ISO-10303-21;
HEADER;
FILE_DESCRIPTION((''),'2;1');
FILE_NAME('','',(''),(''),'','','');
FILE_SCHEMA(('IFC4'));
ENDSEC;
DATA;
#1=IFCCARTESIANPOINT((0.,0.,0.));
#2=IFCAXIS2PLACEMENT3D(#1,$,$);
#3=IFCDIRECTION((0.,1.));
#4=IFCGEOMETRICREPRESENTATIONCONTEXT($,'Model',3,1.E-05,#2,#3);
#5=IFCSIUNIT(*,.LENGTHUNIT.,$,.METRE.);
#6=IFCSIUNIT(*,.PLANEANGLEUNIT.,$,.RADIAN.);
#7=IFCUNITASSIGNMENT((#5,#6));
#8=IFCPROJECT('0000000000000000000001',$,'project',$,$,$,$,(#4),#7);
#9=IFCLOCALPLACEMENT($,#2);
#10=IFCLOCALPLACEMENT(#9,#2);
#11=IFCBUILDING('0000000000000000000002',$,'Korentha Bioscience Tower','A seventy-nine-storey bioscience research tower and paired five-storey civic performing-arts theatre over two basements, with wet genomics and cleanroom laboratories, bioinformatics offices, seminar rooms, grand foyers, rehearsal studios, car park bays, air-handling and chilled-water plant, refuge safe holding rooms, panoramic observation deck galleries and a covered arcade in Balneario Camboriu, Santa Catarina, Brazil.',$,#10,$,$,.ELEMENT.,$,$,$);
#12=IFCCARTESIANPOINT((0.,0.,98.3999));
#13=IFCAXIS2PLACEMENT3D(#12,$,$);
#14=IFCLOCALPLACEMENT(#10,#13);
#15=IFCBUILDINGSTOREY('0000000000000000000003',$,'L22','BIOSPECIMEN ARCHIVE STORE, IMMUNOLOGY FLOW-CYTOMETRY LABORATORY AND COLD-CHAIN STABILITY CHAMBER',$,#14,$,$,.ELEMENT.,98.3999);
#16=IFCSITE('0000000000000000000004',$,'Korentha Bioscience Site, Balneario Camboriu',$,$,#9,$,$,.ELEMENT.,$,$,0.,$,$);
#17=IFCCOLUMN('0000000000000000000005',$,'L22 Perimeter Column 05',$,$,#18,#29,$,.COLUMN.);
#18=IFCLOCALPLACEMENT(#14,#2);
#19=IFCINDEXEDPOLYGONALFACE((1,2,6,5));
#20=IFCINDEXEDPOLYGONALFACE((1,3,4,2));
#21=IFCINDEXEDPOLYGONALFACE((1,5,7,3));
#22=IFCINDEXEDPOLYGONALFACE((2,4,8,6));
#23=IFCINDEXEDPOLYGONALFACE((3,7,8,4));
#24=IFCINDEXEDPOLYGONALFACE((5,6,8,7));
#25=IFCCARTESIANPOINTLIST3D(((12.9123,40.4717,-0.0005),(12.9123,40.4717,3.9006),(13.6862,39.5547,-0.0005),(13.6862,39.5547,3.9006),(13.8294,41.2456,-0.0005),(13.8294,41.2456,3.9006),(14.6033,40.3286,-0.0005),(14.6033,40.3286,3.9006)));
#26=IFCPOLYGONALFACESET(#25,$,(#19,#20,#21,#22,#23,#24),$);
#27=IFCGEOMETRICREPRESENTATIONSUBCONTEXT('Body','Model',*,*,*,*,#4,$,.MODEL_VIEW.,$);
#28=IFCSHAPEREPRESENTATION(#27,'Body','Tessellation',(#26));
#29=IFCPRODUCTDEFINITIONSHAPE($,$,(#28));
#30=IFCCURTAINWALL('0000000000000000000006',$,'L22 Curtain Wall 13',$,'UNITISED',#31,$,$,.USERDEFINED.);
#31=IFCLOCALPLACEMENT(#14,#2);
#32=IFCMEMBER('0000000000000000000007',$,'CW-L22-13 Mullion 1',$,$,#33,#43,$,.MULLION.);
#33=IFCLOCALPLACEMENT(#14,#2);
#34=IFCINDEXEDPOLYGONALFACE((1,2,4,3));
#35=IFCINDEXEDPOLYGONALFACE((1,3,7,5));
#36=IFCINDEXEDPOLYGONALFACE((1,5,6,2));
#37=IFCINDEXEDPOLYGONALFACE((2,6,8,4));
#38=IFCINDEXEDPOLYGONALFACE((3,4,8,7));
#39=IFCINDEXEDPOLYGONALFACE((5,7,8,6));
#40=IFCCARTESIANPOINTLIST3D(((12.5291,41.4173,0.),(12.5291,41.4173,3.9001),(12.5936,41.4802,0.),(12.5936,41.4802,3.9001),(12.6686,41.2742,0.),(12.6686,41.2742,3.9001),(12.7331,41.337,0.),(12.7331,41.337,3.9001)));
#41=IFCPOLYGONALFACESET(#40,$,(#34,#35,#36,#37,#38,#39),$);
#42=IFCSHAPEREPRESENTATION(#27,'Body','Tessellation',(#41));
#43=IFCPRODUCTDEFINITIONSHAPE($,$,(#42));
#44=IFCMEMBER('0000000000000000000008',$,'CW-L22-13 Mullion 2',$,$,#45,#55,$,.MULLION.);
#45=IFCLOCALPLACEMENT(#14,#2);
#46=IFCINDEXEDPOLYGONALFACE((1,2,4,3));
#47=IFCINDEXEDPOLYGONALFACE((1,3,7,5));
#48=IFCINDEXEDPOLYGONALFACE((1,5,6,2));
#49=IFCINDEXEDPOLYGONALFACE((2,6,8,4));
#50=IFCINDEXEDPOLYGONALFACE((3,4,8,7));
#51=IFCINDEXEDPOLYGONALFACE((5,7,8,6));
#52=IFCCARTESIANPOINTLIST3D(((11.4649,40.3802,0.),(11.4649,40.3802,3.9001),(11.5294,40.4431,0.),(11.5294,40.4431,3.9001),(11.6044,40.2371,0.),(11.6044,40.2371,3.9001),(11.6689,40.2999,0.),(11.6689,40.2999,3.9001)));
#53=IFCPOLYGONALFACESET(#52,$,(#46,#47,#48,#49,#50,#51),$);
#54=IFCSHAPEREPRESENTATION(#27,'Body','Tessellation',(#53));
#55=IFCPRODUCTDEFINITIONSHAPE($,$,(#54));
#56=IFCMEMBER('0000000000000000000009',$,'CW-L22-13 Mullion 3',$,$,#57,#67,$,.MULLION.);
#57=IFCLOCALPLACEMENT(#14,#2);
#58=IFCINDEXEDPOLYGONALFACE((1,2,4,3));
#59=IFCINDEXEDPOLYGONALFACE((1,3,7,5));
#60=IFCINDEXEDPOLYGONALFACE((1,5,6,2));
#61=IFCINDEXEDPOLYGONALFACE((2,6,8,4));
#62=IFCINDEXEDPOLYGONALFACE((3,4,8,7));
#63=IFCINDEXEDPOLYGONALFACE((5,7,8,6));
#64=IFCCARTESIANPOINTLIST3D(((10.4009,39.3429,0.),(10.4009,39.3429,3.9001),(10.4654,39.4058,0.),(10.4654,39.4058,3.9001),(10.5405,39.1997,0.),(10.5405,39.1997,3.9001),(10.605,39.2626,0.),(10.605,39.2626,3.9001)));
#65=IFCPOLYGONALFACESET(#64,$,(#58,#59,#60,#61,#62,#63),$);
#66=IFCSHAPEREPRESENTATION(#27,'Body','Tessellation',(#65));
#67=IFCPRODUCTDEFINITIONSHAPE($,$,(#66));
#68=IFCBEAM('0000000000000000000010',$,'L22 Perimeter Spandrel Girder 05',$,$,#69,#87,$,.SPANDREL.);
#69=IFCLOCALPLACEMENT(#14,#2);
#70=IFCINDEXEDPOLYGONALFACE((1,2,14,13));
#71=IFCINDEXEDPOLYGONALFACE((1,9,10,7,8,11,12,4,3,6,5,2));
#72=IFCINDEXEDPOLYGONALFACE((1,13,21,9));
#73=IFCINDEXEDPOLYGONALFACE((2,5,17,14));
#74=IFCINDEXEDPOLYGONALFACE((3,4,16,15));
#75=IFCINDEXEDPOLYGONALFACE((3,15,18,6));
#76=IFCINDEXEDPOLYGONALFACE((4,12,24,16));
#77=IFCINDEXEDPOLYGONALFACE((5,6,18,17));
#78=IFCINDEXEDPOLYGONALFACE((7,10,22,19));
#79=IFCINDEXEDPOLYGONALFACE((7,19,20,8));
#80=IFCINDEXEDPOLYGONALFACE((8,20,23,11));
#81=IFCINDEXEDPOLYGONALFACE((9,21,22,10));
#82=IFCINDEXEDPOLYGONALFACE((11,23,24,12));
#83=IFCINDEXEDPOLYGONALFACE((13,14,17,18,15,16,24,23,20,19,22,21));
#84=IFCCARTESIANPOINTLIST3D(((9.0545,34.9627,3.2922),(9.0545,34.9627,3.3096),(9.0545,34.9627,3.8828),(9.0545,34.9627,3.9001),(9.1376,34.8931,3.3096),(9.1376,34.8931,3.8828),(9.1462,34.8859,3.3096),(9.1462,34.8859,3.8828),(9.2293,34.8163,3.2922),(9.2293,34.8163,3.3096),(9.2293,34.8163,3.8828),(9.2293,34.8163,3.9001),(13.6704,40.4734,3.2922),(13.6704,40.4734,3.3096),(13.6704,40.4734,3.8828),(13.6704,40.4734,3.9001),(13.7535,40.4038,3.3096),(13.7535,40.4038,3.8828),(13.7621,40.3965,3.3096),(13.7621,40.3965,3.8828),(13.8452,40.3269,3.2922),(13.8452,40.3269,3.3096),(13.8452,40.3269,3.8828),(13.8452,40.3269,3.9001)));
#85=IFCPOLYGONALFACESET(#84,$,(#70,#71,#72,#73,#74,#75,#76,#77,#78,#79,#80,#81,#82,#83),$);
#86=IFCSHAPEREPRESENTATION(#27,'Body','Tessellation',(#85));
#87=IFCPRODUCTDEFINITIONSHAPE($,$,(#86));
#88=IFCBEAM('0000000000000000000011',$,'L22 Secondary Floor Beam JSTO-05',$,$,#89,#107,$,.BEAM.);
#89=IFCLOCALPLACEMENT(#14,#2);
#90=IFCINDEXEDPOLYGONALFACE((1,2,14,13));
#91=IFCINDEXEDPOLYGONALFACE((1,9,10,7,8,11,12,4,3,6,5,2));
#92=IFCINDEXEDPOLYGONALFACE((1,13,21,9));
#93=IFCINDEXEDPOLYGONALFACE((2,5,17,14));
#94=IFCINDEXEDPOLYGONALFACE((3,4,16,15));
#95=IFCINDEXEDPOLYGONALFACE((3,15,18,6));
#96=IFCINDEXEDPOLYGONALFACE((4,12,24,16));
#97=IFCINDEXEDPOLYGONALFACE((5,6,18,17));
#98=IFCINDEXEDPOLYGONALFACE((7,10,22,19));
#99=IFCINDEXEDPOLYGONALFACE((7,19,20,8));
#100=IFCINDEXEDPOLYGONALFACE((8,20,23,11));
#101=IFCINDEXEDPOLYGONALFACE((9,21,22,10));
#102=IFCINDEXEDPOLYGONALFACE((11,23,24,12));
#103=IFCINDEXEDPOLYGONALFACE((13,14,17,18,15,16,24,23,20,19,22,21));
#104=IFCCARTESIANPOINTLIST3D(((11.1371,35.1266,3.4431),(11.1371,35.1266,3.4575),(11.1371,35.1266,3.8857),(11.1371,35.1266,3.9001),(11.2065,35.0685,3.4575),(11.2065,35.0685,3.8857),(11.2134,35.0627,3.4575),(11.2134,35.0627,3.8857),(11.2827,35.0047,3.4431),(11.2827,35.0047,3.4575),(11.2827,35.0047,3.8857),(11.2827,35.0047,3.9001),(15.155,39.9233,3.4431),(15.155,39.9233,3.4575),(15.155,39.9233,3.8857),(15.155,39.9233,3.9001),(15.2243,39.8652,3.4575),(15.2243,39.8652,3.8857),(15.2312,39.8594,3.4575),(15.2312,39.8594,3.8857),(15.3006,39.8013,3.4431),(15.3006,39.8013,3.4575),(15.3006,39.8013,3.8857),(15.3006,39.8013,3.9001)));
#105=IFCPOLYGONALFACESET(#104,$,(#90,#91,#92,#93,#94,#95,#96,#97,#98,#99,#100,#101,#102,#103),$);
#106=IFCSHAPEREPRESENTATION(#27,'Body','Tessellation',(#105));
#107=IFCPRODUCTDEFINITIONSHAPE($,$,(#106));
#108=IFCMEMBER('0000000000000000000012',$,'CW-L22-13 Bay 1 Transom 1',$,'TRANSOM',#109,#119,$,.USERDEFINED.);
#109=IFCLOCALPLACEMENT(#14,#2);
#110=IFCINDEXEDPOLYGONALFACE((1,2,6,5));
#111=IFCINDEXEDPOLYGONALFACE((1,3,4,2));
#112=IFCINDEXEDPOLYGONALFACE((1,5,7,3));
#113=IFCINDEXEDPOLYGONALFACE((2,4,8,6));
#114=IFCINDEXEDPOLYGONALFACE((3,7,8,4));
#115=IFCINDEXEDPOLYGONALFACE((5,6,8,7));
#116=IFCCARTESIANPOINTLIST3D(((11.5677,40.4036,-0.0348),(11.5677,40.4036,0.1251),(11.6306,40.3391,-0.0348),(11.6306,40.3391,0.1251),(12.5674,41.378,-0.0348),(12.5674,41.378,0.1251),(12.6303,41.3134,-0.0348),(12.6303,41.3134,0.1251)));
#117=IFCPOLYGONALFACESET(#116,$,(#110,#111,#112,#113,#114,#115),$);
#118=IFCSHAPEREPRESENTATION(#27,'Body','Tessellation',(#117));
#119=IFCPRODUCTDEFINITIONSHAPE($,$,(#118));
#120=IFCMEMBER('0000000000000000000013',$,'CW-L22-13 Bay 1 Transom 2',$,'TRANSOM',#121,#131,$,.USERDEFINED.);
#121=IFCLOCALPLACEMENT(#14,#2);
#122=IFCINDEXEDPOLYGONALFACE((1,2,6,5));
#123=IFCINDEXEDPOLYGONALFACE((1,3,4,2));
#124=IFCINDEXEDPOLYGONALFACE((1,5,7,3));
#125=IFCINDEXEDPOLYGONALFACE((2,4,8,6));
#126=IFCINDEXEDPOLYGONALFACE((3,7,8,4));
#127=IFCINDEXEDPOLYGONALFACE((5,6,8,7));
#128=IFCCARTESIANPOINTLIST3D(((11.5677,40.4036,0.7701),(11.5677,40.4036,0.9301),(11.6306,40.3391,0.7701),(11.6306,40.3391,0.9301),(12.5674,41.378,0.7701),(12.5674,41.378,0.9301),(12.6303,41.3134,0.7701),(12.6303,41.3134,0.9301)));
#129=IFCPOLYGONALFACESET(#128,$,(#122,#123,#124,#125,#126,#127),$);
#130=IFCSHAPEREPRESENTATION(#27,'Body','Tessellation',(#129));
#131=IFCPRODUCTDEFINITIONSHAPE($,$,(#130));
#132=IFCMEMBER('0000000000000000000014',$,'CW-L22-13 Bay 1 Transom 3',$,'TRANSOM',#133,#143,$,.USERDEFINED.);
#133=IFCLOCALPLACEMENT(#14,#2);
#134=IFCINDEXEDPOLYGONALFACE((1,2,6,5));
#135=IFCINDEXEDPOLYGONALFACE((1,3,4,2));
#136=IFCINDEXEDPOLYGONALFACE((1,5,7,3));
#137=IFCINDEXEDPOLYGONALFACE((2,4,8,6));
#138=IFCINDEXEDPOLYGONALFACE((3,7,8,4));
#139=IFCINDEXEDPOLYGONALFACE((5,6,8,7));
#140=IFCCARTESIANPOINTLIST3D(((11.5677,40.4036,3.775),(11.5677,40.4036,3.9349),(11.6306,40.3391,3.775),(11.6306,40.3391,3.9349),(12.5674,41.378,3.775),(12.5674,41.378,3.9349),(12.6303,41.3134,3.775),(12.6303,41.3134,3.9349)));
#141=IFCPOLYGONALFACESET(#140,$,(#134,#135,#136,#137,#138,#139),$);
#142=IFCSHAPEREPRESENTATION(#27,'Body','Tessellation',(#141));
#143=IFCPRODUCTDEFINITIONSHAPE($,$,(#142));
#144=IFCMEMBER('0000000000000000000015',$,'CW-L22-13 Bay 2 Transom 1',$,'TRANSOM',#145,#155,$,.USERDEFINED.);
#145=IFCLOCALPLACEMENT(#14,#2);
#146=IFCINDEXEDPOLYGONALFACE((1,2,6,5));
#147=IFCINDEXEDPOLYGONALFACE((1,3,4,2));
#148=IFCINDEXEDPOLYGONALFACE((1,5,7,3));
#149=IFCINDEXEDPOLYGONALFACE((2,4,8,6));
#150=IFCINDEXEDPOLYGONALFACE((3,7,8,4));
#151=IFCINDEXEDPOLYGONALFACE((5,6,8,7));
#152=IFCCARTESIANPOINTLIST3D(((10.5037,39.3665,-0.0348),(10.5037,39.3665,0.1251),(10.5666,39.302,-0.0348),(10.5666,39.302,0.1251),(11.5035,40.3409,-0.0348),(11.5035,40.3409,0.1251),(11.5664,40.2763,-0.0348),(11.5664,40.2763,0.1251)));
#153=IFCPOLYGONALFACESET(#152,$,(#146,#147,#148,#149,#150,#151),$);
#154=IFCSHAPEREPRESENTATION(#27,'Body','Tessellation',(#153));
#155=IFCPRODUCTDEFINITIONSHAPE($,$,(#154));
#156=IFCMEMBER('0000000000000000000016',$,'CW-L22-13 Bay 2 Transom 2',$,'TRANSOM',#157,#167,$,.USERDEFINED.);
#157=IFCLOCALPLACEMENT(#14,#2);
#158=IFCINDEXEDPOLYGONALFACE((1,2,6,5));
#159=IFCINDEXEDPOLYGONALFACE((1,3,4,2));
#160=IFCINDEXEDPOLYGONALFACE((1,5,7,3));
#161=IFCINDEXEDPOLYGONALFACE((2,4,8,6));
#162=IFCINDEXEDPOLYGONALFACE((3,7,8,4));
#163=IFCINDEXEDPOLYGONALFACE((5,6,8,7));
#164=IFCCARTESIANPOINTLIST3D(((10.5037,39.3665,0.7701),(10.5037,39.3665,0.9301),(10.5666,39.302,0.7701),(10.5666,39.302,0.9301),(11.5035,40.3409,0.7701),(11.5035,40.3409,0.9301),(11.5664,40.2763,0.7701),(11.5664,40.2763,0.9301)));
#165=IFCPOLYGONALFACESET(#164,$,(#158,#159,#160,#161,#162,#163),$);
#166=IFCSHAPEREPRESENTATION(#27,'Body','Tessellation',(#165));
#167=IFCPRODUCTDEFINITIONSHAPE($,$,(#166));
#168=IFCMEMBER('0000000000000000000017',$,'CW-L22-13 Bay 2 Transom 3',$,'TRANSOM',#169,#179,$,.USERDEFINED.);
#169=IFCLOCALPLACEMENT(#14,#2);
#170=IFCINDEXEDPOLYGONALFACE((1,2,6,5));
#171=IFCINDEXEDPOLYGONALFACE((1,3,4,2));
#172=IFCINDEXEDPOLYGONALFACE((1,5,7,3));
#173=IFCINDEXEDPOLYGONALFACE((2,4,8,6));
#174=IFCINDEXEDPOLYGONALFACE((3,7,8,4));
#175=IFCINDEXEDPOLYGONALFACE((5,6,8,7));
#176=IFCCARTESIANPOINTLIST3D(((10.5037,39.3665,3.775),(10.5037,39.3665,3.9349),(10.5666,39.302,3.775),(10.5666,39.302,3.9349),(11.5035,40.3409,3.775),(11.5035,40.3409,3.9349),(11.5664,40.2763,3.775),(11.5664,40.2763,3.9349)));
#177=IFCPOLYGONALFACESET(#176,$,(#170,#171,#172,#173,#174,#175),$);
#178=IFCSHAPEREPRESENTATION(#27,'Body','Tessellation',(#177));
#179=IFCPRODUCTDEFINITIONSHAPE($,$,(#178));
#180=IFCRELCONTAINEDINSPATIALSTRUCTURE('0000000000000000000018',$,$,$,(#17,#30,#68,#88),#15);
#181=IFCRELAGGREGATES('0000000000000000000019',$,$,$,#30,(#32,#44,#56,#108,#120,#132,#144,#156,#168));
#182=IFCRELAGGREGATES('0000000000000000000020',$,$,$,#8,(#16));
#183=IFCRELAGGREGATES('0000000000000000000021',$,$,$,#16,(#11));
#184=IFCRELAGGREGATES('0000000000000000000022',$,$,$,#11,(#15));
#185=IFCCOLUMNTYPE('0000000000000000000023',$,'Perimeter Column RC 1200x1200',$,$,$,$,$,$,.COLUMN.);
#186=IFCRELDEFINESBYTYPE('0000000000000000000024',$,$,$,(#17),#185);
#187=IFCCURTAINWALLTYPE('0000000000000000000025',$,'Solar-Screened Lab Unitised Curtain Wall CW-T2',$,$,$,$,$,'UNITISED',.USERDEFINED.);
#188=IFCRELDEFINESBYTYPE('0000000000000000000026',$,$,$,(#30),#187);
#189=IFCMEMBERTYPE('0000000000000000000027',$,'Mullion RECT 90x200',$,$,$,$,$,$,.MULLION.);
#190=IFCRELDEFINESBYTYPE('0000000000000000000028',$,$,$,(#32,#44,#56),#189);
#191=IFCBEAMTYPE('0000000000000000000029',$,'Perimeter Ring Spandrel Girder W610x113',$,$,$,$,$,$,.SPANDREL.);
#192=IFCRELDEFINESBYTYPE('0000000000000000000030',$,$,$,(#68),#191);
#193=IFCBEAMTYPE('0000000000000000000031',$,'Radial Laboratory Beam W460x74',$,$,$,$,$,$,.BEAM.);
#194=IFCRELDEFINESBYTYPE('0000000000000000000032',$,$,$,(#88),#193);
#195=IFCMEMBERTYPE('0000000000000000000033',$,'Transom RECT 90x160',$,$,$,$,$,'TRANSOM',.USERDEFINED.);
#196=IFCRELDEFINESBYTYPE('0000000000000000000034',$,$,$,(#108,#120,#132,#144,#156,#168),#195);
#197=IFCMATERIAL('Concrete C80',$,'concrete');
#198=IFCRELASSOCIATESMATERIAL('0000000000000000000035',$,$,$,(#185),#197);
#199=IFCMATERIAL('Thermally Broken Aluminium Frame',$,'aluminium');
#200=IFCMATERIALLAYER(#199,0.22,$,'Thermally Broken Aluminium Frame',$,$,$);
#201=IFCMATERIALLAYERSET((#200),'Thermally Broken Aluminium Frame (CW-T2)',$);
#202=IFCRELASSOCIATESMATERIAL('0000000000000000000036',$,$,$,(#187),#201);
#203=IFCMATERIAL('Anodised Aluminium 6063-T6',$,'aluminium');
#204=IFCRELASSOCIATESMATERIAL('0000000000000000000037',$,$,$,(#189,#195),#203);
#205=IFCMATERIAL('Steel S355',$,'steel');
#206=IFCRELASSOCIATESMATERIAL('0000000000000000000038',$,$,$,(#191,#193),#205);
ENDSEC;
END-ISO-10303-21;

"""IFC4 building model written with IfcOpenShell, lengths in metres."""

from ifc_helpers import new_model, si_unit, direction, frame, origin, origin_2d, place, context, subcontext, project, spatial, rectangle, i_section, extrude, material, layer, layer_set, material_profile, profile_set, type_object, element, aggregate, save


model = new_model("IFC4")

# Units and contexts
model_context = context("Model", 3, precision=1e-05, world=origin(), true_north=direction((0.0, 1.0)))
body_context = subcontext(model_context, "Body", "Model", "MODEL_VIEW")
ifc_project = project(units=[si_unit("LENGTHUNIT", "METRE"), si_unit("PLANEANGLEUNIT", "RADIAN")], contexts=[model_context])

# Site, building, storey
site_placement = place(None, origin())
site = spatial("IfcSite", under=ifc_project, at=site_placement, Name="Korentha Bioscience Site, Balneario Camboriu", CompositionType="ELEMENT", RefElevation=0.0)
building_placement = place(site_placement, origin())
building = spatial("IfcBuilding", under=site, at=building_placement, Name="Korentha Bioscience Tower", Description="A seventy-nine-storey bioscience research tower and paired five-storey civic performing-arts theatre over two basements, with wet genomics and cleanroom laboratories, bioinformatics offices, seminar rooms, grand foyers, rehearsal studios, car park bays, air-handling and chilled-water plant, refuge safe holding rooms, panoramic observation deck galleries and a covered arcade in Balneario Camboriu, Santa Catarina, Brazil.", CompositionType="ELEMENT")
storey_placement = place(building_placement, frame((0.0, 0.0, 98.3999)))
storey = spatial("IfcBuildingStorey", under=building, at=storey_placement, Name="L22", Description="BIOSPECIMEN ARCHIVE STORE, IMMUNOLOGY FLOW-CYTOMETRY LABORATORY AND COLD-CHAIN STABILITY CHAMBER", CompositionType="ELEMENT", Elevation=98.3999)

# Column
ifc_material_1 = material(Name="Concrete C80", Category="concrete")
ifc_material_profile_1 = material_profile(ifc_material_1, rectangle(XDim=1.2, YDim=1.2, at=origin_2d()), Name="Concrete C80")
ifc_profile_set_1 = profile_set([ifc_material_profile_1], Name="Concrete C80 (COL-P12)")
column_type = type_object("IfcColumnType", Name="Perimeter Column RC 1200x1200", PredefinedType="COLUMN", material=ifc_profile_set_1)
column_placement = place(storey_placement, frame((13.7578, 40.4001, -0.0005), z_axis=(0.0, 0.0, 1.0), x_axis=(0.764246, 0.644924, 0.0)))
element("IfcColumn", 1, at=column_placement, inside=storey, type_object=column_type, Name="L22 Perimeter Column 05", PredefinedType="COLUMN", context=body_context, shape_type="SweptSolid", body=[
    extrude(rectangle(XDim=1.2, YDim=1.2, at=origin_2d()), origin(), (0.0, 0.0, 1.0), 3.9011),
])

# Curtain wall, members
ifc_material_2 = material(Name="Thermally Broken Aluminium Frame", Category="aluminium")
ifc_layer_1 = layer(ifc_material_2, 0.22, Name="Thermally Broken Aluminium Frame")
ifc_layer_set_1 = layer_set([ifc_layer_1], Name="Thermally Broken Aluminium Frame (CW-T2)")
curtain_wall_type = type_object("IfcCurtainWallType", Name="Solar-Screened Lab Unitised Curtain Wall CW-T2", ElementType="UNITISED", PredefinedType="USERDEFINED", material=ifc_layer_set_1)
curtain_wall_placement = place(storey_placement, origin())
curtain_wall = element("IfcCurtainWall", 2, at=curtain_wall_placement, inside=storey, type_object=curtain_wall_type, Name="L22 Curtain Wall 13", ObjectType="UNITISED", PredefinedType="USERDEFINED")
ifc_material_3 = material(Name="Anodised Aluminium 6063-T6", Category="aluminium")
ifc_material_profile_2 = material_profile(ifc_material_3, rectangle(XDim=0.0901, YDim=0.2, at=origin_2d()), Name="Anodised Aluminium 6063-T6")
ifc_profile_set_2 = profile_set([ifc_material_profile_2], Name="Anodised Aluminium 6063-T6 (CW-MUL)")
member_type_1 = type_object("IfcMemberType", Name="Mullion RECT 90x200", PredefinedType="MULLION", material=ifc_profile_set_2)
member_1_placement = place(storey_placement, frame((12.6311, 41.3772, 0.0), z_axis=(0.0, 0.0, 1.0), x_axis=(-0.716096, -0.698002, 0.0)))
member_1 = element("IfcMember", 3, at=member_1_placement, type_object=member_type_1, Name="CW-L22-13 Mullion 1", PredefinedType="MULLION", context=body_context, shape_type="SweptSolid", body=[
    extrude(rectangle(XDim=0.0901, YDim=0.2, at=origin_2d()), origin(), (0.0, 0.0, 1.0), 3.9001),
])
member_2_placement = place(storey_placement, frame((11.5669, 40.3401, 0.0), z_axis=(0.0, 0.0, 1.0), x_axis=(-0.716096, -0.698002, 0.0)))
member_2 = element("IfcMember", 4, at=member_2_placement, type_object=member_type_1, Name="CW-L22-13 Mullion 2", PredefinedType="MULLION", context=body_context, shape_type="SweptSolid", body=[
    extrude(rectangle(XDim=0.0901, YDim=0.2, at=origin_2d()), origin(), (0.0, 0.0, 1.0), 3.9001),
])
member_3_placement = place(storey_placement, frame((10.5029, 39.3027, 0.0), z_axis=(0.0, 0.0, 1.0), x_axis=(-0.716096, -0.698002, 0.0)))
member_3 = element("IfcMember", 5, at=member_3_placement, type_object=member_type_1, Name="CW-L22-13 Mullion 3", PredefinedType="MULLION", context=body_context, shape_type="SweptSolid", body=[
    extrude(rectangle(XDim=0.0901, YDim=0.2, at=origin_2d()), origin(), (0.0, 0.0, 1.0), 3.9001),
])

# Beams
ifc_material_4 = material(Name="Steel S355", Category="steel")
ifc_material_profile_3 = material_profile(ifc_material_4, i_section(OverallWidth=0.228, OverallDepth=0.6079, WebThickness=0.0112, FlangeThickness=0.0173, at=origin_2d()), Name="Steel S355")
ifc_profile_set_3 = profile_set([ifc_material_profile_3], Name="Steel S355 (SB-610)")
beam_type_1 = type_object("IfcBeamType", Name="Perimeter Ring Spandrel Girder W610x113", PredefinedType="SPANDREL", material=ifc_profile_set_3)
beam_1_placement = place(storey_placement, frame((13.7578, 40.4001, 3.5962), z_axis=(-0.642127, -0.766599, 0.0), x_axis=(0.766599, -0.642127, 0.0)))
element("IfcBeam", 6, at=beam_1_placement, inside=storey, type_object=beam_type_1, Name="L22 Perimeter Spandrel Girder 05", PredefinedType="SPANDREL", context=body_context, shape_type="SweptSolid", body=[
    extrude(i_section(OverallWidth=0.228, OverallDepth=0.6079, WebThickness=0.0112, FlangeThickness=0.0173, at=origin_2d()), origin(), (0.0, 0.0, 1.0), 7.1885),
])
ifc_material_profile_4 = material_profile(ifc_material_4, i_section(OverallWidth=0.1899, OverallDepth=0.457, WebThickness=0.009, FlangeThickness=0.0144, at=origin_2d()), Name="Steel S355")
ifc_profile_set_4 = profile_set([ifc_material_profile_4], Name="Steel S355 (RB-460)")
beam_type_2 = type_object("IfcBeamType", Name="Radial Laboratory Beam W460x74", PredefinedType="BEAM", material=ifc_profile_set_4)
beam_2_placement = place(storey_placement, frame((15.2278, 39.8623, 3.6716), z_axis=(-0.642128, -0.766597, 0.0), x_axis=(0.766597, -0.642128, 0.0)))
element("IfcBeam", 7, at=beam_2_placement, inside=storey, type_object=beam_type_2, Name="L22 Secondary Floor Beam JSTO-05", PredefinedType="BEAM", context=body_context, shape_type="SweptSolid", body=[
    extrude(i_section(OverallWidth=0.1899, OverallDepth=0.457, WebThickness=0.009, FlangeThickness=0.0144, at=origin_2d()), origin(), (0.0, 0.0, 1.0), 6.2571),
])

# Members
ifc_material_profile_5 = material_profile(ifc_material_3, rectangle(XDim=0.0901, YDim=0.1599, at=origin_2d()), Name="Anodised Aluminium 6063-T6")
ifc_profile_set_5 = profile_set([ifc_material_profile_5], Name="Anodised Aluminium 6063-T6 (CW-TRN)")
member_type_2 = type_object("IfcMemberType", Name="Transom RECT 90x160", ElementType="TRANSOM", PredefinedType="USERDEFINED", material=ifc_profile_set_5)
member_4_placement = place(storey_placement, frame((12.5989, 41.3457, 0.0452), z_axis=(-0.716142, -0.697954, 0.0), x_axis=(0.697954, -0.716142, 0.0)))
member_4 = element("IfcMember", 8, at=member_4_placement, type_object=member_type_2, Name="CW-L22-13 Bay 1 Transom 1", ObjectType="TRANSOM", PredefinedType="USERDEFINED", context=body_context, shape_type="SweptSolid", body=[
    extrude(rectangle(XDim=0.0901, YDim=0.1599, at=origin_2d()), origin(), (0.0, 0.0, 1.0), 1.396),
])
member_5_placement = place(storey_placement, frame((12.5989, 41.3457, 0.8501), z_axis=(-0.716142, -0.697954, 0.0), x_axis=(0.697954, -0.716142, 0.0)))
member_5 = element("IfcMember", 9, at=member_5_placement, type_object=member_type_2, Name="CW-L22-13 Bay 1 Transom 2", ObjectType="TRANSOM", PredefinedType="USERDEFINED", context=body_context, shape_type="SweptSolid", body=[
    extrude(rectangle(XDim=0.0901, YDim=0.1599, at=origin_2d()), origin(), (0.0, 0.0, 1.0), 1.396),
])
member_6_placement = place(storey_placement, frame((12.5989, 41.3457, 3.855), z_axis=(-0.716142, -0.697954, 0.0), x_axis=(0.697954, -0.716142, 0.0)))
member_6 = element("IfcMember", 10, at=member_6_placement, type_object=member_type_2, Name="CW-L22-13 Bay 1 Transom 3", ObjectType="TRANSOM", PredefinedType="USERDEFINED", context=body_context, shape_type="SweptSolid", body=[
    extrude(rectangle(XDim=0.0901, YDim=0.1599, at=origin_2d()), origin(), (0.0, 0.0, 1.0), 1.396),
])
member_7_placement = place(storey_placement, frame((11.5349, 40.3086, 0.0452), z_axis=(-0.716142, -0.697954, 0.0), x_axis=(0.697954, -0.716142, 0.0)))
member_7 = element("IfcMember", 11, at=member_7_placement, type_object=member_type_2, Name="CW-L22-13 Bay 2 Transom 1", ObjectType="TRANSOM", PredefinedType="USERDEFINED", context=body_context, shape_type="SweptSolid", body=[
    extrude(rectangle(XDim=0.0901, YDim=0.1599, at=origin_2d()), origin(), (0.0, 0.0, 1.0), 1.396),
])
member_8_placement = place(storey_placement, frame((11.5349, 40.3086, 0.8501), z_axis=(-0.716142, -0.697954, 0.0), x_axis=(0.697954, -0.716142, 0.0)))
member_8 = element("IfcMember", 12, at=member_8_placement, type_object=member_type_2, Name="CW-L22-13 Bay 2 Transom 2", ObjectType="TRANSOM", PredefinedType="USERDEFINED", context=body_context, shape_type="SweptSolid", body=[
    extrude(rectangle(XDim=0.0901, YDim=0.1599, at=origin_2d()), origin(), (0.0, 0.0, 1.0), 1.396),
])
member_9_placement = place(storey_placement, frame((11.5349, 40.3086, 3.855), z_axis=(-0.716142, -0.697954, 0.0), x_axis=(0.697954, -0.716142, 0.0)))
member_9 = element("IfcMember", 13, at=member_9_placement, type_object=member_type_2, Name="CW-L22-13 Bay 2 Transom 3", ObjectType="TRANSOM", PredefinedType="USERDEFINED", context=body_context, shape_type="SweptSolid", body=[
    extrude(rectangle(XDim=0.0901, YDim=0.1599, at=origin_2d()), origin(), (0.0, 0.0, 1.0), 1.396),
])

aggregate(curtain_wall, [member_1, member_2, member_3, member_4, member_5, member_6, member_7, member_8, member_9])

save(model, "model.ifc")
